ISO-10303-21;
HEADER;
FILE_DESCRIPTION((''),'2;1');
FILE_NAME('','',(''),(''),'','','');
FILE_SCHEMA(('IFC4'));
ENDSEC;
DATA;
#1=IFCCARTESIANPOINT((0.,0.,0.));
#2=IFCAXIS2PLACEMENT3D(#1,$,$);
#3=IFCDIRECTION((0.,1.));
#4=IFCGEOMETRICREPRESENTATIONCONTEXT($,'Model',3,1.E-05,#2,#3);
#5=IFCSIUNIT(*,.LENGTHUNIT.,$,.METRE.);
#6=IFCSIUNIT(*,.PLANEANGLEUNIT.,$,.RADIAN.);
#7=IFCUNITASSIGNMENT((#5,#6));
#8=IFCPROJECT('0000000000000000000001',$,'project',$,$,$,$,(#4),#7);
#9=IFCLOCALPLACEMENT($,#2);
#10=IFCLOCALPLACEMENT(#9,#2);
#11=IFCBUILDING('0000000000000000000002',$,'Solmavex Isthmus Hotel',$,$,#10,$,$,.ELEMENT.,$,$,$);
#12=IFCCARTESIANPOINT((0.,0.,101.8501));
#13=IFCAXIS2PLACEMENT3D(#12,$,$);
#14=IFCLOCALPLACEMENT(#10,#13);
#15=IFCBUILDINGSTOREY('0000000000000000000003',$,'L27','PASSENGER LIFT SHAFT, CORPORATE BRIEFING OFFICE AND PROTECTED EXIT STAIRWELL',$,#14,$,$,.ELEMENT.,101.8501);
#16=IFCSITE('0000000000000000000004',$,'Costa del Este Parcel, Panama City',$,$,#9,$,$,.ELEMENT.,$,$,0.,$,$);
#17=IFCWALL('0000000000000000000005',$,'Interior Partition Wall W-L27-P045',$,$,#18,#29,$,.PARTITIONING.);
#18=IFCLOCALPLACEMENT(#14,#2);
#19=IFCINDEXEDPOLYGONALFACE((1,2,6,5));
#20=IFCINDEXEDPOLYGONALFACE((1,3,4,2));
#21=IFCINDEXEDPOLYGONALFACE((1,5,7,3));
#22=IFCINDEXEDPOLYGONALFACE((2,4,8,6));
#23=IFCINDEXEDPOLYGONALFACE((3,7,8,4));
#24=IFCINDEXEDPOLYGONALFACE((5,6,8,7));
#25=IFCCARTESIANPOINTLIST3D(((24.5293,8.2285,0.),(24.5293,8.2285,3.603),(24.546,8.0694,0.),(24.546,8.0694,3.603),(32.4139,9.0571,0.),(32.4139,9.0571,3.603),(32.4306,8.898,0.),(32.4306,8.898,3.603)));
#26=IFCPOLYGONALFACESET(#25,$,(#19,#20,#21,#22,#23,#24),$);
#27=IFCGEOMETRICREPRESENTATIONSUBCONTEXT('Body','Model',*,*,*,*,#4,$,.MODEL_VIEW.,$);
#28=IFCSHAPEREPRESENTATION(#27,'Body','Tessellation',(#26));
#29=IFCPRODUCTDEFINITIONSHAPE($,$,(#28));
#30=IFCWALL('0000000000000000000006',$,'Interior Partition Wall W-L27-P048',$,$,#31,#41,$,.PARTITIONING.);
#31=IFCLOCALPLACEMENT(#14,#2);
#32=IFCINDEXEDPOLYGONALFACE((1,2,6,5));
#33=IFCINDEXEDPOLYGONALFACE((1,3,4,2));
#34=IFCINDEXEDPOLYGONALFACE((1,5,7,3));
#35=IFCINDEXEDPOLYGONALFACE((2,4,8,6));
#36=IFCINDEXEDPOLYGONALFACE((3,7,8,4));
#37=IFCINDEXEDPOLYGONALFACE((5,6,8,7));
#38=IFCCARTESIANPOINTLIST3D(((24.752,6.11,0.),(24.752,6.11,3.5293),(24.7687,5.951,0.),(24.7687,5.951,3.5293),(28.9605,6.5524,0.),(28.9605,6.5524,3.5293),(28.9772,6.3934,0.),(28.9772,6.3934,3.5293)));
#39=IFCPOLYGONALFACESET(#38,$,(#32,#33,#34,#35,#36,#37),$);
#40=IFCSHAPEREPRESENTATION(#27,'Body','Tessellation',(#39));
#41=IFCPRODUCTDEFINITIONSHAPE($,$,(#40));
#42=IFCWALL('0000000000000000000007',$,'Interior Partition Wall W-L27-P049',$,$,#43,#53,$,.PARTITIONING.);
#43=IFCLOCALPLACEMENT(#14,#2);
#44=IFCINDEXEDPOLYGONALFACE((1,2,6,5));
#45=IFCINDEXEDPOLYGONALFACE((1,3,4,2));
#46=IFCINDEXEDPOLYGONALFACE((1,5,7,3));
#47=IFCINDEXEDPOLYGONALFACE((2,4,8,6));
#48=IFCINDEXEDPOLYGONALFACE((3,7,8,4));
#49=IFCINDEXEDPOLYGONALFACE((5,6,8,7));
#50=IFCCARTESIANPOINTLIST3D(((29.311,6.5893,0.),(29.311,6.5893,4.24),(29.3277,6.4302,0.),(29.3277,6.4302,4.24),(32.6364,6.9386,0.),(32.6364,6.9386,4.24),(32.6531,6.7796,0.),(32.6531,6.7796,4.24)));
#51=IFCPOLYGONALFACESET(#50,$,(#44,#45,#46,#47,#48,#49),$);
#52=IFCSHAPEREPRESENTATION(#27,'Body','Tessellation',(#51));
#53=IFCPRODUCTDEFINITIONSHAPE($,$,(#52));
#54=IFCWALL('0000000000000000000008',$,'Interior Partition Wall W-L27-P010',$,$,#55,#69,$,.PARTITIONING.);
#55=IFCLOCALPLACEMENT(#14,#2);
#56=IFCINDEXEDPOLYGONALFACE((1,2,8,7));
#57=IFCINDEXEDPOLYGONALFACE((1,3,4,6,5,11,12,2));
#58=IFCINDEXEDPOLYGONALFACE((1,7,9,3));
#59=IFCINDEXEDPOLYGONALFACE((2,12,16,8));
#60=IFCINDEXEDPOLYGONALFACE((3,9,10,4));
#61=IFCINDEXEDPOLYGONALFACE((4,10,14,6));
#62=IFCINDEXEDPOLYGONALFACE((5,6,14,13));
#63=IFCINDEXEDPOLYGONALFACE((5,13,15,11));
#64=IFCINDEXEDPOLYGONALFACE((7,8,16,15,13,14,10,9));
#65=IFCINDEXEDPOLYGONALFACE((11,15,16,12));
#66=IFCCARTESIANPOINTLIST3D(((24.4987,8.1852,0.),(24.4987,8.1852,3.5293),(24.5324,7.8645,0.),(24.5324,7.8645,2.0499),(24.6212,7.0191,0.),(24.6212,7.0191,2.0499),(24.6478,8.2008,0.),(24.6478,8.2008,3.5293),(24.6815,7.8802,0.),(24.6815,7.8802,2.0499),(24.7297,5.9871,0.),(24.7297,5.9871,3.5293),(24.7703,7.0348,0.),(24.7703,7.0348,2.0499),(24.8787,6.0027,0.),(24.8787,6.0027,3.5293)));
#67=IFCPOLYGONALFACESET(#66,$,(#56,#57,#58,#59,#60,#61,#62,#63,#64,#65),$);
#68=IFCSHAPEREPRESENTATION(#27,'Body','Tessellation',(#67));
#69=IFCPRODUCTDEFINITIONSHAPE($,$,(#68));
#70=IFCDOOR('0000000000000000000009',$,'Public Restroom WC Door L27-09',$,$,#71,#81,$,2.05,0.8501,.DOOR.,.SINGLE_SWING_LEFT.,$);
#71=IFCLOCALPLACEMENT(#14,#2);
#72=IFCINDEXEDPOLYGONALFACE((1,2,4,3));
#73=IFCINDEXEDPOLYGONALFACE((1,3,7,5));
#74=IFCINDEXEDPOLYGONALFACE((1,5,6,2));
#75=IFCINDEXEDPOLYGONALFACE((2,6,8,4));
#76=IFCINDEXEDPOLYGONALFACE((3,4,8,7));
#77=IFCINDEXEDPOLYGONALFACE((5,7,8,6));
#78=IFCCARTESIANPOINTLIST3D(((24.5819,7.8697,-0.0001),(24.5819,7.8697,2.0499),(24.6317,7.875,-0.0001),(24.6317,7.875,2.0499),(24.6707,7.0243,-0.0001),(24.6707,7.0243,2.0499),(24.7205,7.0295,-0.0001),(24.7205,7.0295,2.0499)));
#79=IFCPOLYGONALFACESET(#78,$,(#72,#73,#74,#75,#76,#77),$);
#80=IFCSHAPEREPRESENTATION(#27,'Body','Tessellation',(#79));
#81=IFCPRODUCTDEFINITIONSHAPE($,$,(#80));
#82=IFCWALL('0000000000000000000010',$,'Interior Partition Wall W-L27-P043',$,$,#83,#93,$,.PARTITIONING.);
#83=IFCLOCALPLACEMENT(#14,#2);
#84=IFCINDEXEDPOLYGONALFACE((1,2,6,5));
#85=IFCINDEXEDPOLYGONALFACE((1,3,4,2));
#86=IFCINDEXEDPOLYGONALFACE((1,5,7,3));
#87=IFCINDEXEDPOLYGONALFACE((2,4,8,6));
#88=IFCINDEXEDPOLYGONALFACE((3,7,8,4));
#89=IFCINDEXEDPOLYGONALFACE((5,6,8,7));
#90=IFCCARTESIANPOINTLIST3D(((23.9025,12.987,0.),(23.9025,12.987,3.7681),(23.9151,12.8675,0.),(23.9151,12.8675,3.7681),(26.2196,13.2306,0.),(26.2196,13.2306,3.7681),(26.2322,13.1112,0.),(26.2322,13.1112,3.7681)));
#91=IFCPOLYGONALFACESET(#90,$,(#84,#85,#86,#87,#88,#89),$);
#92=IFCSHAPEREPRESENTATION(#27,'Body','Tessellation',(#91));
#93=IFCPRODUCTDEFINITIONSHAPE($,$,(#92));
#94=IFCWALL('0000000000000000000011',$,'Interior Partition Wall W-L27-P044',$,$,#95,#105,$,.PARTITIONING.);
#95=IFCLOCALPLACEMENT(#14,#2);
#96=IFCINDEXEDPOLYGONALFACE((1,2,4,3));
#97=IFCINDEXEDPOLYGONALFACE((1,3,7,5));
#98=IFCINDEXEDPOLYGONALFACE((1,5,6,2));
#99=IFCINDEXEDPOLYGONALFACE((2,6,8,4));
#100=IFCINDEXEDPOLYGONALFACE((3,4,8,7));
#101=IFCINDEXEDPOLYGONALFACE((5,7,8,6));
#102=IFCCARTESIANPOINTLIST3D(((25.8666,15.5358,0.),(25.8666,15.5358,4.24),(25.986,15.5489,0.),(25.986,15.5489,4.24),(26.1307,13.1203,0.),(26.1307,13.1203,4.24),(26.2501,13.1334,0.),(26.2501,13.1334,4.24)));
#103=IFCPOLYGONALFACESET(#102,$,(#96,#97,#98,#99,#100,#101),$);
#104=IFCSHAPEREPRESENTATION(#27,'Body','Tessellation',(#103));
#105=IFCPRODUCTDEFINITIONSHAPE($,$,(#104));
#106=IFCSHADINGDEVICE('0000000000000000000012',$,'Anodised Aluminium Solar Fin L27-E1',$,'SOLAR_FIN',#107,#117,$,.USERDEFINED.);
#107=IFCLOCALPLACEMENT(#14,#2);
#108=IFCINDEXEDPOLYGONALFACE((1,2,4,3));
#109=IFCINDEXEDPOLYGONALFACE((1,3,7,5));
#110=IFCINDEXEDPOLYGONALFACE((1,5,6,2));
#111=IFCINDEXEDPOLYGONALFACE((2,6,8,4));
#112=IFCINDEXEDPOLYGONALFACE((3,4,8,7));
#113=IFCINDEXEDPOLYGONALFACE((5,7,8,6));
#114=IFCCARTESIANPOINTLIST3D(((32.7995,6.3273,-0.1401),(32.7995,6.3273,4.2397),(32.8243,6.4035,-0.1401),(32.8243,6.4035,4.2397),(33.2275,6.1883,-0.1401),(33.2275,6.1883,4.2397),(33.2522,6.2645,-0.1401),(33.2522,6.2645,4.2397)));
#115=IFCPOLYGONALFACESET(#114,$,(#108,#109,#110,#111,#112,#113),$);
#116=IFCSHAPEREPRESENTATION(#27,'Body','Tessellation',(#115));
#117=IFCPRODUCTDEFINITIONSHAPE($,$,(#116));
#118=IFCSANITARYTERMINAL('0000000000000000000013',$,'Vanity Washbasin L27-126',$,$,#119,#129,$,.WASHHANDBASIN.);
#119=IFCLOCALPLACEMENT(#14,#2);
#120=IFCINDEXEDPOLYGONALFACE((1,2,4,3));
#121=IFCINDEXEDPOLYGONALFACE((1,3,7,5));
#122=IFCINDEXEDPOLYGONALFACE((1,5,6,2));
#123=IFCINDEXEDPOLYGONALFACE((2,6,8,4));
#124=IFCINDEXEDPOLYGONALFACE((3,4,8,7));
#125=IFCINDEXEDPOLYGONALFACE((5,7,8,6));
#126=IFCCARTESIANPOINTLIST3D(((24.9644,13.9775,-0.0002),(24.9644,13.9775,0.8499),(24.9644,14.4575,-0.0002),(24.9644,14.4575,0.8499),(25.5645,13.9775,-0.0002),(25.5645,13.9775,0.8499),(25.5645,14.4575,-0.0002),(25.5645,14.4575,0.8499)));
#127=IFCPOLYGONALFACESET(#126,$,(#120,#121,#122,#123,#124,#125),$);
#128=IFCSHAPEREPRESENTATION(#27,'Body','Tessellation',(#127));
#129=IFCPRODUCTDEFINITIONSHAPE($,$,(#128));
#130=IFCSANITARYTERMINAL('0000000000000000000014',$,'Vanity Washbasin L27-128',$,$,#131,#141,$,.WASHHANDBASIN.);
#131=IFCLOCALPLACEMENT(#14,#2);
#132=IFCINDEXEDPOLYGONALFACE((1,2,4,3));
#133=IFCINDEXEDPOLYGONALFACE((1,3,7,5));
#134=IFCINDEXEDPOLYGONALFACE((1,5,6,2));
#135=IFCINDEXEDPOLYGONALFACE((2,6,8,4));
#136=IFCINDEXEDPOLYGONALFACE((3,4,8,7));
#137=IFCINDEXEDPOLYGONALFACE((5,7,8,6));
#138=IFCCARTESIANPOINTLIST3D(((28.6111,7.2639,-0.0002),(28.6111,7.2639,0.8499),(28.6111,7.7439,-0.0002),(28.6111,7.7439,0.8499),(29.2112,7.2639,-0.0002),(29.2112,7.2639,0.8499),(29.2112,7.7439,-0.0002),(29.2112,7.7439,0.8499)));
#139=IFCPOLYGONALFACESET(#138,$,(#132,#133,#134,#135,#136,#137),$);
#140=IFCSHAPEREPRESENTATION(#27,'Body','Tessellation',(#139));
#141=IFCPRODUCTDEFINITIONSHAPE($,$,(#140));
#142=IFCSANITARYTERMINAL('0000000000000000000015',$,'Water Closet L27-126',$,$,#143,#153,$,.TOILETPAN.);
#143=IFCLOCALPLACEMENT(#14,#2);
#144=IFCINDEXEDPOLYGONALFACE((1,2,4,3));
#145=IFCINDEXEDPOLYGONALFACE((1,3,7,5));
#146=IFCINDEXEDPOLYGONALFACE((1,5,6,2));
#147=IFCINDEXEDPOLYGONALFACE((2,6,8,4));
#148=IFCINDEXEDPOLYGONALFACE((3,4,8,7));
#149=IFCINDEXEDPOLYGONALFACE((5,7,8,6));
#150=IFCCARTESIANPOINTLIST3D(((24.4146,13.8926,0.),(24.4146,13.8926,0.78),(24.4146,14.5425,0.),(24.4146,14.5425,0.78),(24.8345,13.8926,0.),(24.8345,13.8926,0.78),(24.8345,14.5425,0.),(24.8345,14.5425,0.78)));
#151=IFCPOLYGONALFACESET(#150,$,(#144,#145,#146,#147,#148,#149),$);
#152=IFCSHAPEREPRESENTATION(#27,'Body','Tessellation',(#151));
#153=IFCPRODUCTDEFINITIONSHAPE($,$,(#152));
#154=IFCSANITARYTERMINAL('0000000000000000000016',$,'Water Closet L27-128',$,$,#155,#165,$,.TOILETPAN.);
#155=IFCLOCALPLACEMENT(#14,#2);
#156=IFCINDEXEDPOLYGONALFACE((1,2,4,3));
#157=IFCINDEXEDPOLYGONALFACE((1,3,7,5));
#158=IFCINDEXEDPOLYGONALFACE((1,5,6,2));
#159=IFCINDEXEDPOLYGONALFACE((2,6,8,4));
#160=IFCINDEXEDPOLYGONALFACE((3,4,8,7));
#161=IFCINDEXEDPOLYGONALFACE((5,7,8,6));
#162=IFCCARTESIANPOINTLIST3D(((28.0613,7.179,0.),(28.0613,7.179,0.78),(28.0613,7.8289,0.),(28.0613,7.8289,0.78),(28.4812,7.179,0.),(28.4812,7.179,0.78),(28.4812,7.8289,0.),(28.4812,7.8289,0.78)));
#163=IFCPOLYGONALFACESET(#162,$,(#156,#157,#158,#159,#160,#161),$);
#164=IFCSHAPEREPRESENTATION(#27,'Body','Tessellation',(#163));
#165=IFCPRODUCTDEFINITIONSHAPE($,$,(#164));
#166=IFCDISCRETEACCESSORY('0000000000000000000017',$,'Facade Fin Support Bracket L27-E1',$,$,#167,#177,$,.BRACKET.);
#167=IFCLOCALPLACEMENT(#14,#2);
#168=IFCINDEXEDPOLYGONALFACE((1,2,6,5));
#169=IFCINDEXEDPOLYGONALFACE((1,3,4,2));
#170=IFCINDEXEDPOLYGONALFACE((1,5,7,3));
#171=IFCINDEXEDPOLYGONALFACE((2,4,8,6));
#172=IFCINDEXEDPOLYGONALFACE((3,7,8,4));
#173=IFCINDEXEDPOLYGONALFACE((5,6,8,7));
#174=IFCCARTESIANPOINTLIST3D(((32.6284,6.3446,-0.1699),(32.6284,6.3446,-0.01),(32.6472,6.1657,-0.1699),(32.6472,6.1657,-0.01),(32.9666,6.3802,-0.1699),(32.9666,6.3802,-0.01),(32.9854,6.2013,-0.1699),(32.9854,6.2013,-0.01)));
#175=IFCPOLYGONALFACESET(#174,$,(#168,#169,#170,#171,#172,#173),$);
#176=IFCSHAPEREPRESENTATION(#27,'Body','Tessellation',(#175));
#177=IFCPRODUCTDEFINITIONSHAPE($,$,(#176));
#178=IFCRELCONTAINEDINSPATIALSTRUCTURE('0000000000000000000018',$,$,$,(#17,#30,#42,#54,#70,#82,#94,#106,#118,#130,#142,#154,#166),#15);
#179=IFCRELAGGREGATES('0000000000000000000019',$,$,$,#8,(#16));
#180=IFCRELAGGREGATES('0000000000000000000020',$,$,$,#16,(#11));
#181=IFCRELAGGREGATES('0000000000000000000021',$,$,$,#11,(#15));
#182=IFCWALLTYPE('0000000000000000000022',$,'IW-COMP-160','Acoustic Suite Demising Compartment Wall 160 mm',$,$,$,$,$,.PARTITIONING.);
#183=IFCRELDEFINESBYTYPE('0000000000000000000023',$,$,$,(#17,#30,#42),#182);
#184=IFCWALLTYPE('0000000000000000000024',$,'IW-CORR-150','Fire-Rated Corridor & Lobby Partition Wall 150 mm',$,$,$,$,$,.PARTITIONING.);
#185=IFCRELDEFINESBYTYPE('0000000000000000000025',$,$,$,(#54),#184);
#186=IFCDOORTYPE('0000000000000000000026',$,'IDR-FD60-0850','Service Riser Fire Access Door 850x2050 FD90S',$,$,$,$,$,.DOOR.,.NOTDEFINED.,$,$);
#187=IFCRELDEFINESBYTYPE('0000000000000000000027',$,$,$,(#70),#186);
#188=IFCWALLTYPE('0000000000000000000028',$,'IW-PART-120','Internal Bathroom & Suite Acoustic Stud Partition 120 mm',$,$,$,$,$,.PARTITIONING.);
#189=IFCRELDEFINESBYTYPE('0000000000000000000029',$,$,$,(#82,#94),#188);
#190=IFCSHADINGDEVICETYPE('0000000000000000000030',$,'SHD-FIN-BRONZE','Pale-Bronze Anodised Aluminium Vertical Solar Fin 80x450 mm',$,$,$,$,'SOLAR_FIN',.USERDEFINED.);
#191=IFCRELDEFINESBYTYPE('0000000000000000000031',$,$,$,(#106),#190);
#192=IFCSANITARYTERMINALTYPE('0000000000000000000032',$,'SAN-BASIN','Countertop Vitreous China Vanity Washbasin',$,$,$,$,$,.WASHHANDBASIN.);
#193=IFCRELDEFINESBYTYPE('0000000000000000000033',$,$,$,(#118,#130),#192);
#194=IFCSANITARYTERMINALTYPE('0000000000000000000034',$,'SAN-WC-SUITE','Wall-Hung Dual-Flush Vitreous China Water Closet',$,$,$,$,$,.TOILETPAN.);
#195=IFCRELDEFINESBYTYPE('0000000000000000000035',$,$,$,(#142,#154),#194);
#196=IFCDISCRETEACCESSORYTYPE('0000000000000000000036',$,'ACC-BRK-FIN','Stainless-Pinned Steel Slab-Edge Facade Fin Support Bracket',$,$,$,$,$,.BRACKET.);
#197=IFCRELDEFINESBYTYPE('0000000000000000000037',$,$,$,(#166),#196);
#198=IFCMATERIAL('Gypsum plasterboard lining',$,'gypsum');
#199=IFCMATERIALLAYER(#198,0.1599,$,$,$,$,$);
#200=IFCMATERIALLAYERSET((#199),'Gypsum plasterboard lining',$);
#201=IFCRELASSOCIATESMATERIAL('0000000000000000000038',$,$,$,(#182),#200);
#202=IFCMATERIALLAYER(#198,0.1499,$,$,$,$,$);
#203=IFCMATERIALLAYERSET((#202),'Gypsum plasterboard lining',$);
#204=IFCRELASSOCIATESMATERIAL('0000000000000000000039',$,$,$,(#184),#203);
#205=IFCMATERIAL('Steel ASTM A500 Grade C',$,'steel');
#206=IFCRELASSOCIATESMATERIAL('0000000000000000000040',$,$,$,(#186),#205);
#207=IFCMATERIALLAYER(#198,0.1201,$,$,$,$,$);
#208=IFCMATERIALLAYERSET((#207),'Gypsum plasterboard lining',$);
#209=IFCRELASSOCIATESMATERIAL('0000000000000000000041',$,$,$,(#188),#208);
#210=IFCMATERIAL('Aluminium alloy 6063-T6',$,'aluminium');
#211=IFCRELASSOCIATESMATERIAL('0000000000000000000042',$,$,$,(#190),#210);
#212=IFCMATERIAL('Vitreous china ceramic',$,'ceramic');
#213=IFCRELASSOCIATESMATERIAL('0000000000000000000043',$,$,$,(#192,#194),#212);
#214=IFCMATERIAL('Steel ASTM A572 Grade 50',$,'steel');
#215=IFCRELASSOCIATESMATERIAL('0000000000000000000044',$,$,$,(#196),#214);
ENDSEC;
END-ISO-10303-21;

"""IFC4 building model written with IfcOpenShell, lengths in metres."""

from ifc_helpers import new_model, si_unit, direction, frame, frame_2d, origin, origin_2d, place, context, subcontext, project, spatial, rectangle, extrude, material, layer, layer_set, type_object, element, fill, save


model = new_model("IFC4")

# Units and contexts
model_context = context("Model", 3, precision=1e-05, world=origin(), true_north=direction((0.0, 1.0)))
body_context = subcontext(model_context, "Body", "Model", "MODEL_VIEW")
ifc_project = project(units=[si_unit("LENGTHUNIT", "METRE"), si_unit("PLANEANGLEUNIT", "RADIAN")], contexts=[model_context])

# Site, building, storey
site_placement = place(None, origin())
site = spatial("IfcSite", under=ifc_project, at=site_placement, Name="Costa del Este Parcel, Panama City", CompositionType="ELEMENT", RefElevation=0.0)
building_placement = place(site_placement, origin())
building = spatial("IfcBuilding", under=site, at=building_placement, Name="Solmavex Isthmus Hotel", CompositionType="ELEMENT")
storey_placement = place(building_placement, frame((0.0, 0.0, 101.8501)))
storey = spatial("IfcBuildingStorey", under=building, at=storey_placement, Name="L27", Description="PASSENGER LIFT SHAFT, CORPORATE BRIEFING OFFICE AND PROTECTED EXIT STAIRWELL", CompositionType="ELEMENT", Elevation=101.8501)

# Shared definitions
ifc_material_1 = material(Name="Aluminium alloy 6063-T6", Category="aluminium")

# Walls
ifc_material_2 = material(Name="Gypsum plasterboard lining", Category="gypsum")
ifc_layer_1 = layer(ifc_material_2, 0.1599)
ifc_layer_set_1 = layer_set([ifc_layer_1], Name="Gypsum plasterboard lining")
wall_type_1 = type_object("IfcWallType", Name="IW-COMP-160", Description="Acoustic Suite Demising Compartment Wall 160 mm", PredefinedType="PARTITIONING", material=ifc_layer_set_1)
wall_1_placement = place(storey_placement, frame((32.4221, 8.9775, 0.0), z_axis=(0.0, 0.0, 1.0), x_axis=(-0.994523, -0.104518, 0.0)))
element("IfcWall", 1, at=wall_1_placement, inside=storey, type_object=wall_type_1, Name="Interior Partition Wall W-L27-P045", PredefinedType="PARTITIONING", context=body_context, shape_type="SweptSolid", body=[
    extrude(rectangle(XDim=7.928, YDim=0.1599, at=frame_2d((3.9639, 0.0))), origin(), (0.0, 0.0, 1.0), 3.603),
])
wall_2_placement = place(storey_placement, frame((28.9688, 6.4729, 0.0), z_axis=(0.0, 0.0, 1.0), x_axis=(-0.994521, -0.104541, 0.0)))
element("IfcWall", 2, at=wall_2_placement, inside=storey, type_object=wall_type_1, Name="Interior Partition Wall W-L27-P048", PredefinedType="PARTITIONING", context=body_context, shape_type="SweptSolid", body=[
    extrude(rectangle(XDim=4.2317, YDim=0.1599, at=frame_2d((2.1157, 0.0))), origin(), (0.0, 0.0, 1.0), 3.5293),
])
wall_3_placement = place(storey_placement, frame((32.6448, 6.8591, 0.0), z_axis=(0.0, 0.0, 1.0), x_axis=(-0.994527, -0.104483, 0.0)))
element("IfcWall", 3, at=wall_3_placement, inside=storey, type_object=wall_type_1, Name="Interior Partition Wall W-L27-P049", PredefinedType="PARTITIONING", context=body_context, shape_type="SweptSolid", body=[
    extrude(rectangle(XDim=3.3438, YDim=0.1599, at=frame_2d((1.6719, 0.0))), origin(), (0.0, 0.0, 1.0), 4.24),
])

# Wall, opening, door
ifc_layer_2 = layer(ifc_material_2, 0.1499)
ifc_layer_set_2 = layer_set([ifc_layer_2], Name="Gypsum plasterboard lining")
wall_type_2 = type_object("IfcWallType", Name="IW-CORR-150", Description="Fire-Rated Corridor & Lobby Partition Wall 150 mm", PredefinedType="PARTITIONING", material=ifc_layer_set_2)
wall_4_placement = place(storey_placement, frame((24.5732, 8.1929, 0.0), z_axis=(0.0, 0.0, 1.0), x_axis=(0.104501, -0.994525, 0.0)))
wall_4 = element("IfcWall", 4, at=wall_4_placement, inside=storey, type_object=wall_type_2, Name="Interior Partition Wall W-L27-P010", PredefinedType="PARTITIONING", context=body_context, shape_type="SweptSolid", body=[
    extrude(rectangle(XDim=2.2102, YDim=0.1499, at=frame_2d((1.105, 0.0))), origin(), (0.0, 0.0, 1.0), 3.5293),
])
opening_1_placement = place(wall_4_placement, frame((0.3223, 0.0, 0.0)))
opening_1 = element("IfcOpeningElement", 5, at=opening_1_placement, cuts=wall_4, PredefinedType="OPENING", context=body_context, shape_type="SweptSolid", body=[
    extrude(rectangle(XDim=0.8501, YDim=2.05, at=frame_2d((0.425, 1.0249))), frame((0.0, 0.085, 0.0), z_axis=(0.0, -1.0, 0.0), x_axis=(1.0, 0.0, 0.0)), (0.0, 0.0, 1.0), 0.1699),
])
ifc_material_3 = material(Name="Steel ASTM A500 Grade C", Category="steel")
door_type_1 = type_object("IfcDoorType", Name="IDR-FD60-0850", Description="Service Riser Fire Access Door 850x2050 FD90S", OperationType="NOTDEFINED", PredefinedType="DOOR", material=ifc_material_3)
door_1_placement = place(opening_1_placement, origin())
door_1 = element("IfcDoor", 6, at=door_1_placement, inside=storey, type_object=door_type_1, Name="Public Restroom WC Door L27-09", OperationType="SINGLE_SWING_LEFT", OverallHeight=2.05, OverallWidth=0.8501, PredefinedType="DOOR", context=body_context, shape_type="SweptSolid", body=[
    extrude(rectangle(XDim=0.8501, YDim=2.05, at=frame_2d((0.425, 1.0249))), frame((0.0, 0.0249, 0.0), z_axis=(0.0, -1.0, 0.0), x_axis=(1.0, 0.0, 0.0)), (0.0, 0.0, 1.0), 0.05),
])
fill(opening_1, door_1)

# Walls
ifc_layer_3 = layer(ifc_material_2, 0.1201)
ifc_layer_set_3 = layer_set([ifc_layer_3], Name="Gypsum plasterboard lining")
wall_type_3 = type_object("IfcWallType", Name="IW-PART-120", Description="Internal Bathroom & Suite Acoustic Stud Partition 120 mm", PredefinedType="PARTITIONING", material=ifc_layer_set_3)
wall_5_placement = place(storey_placement, frame((23.9087, 12.9272, 0.0), z_axis=(0.0, 0.0, 1.0), x_axis=(0.994517, 0.104576, 0.0)))
element("IfcWall", 7, at=wall_5_placement, inside=storey, type_object=wall_type_3, Name="Interior Partition Wall W-L27-P043", PredefinedType="PARTITIONING", context=body_context, shape_type="SweptSolid", body=[
    extrude(rectangle(XDim=2.3298, YDim=0.1201, at=frame_2d((1.165, 0.0))), origin(), (0.0, 0.0, 1.0), 3.7681),
])
wall_6_placement = place(storey_placement, frame((26.1904, 13.127, 0.0), z_axis=(0.0, 0.0, 1.0), x_axis=(-0.108711, 0.994073, 0.0)))
element("IfcWall", 8, at=wall_6_placement, inside=storey, type_object=wall_type_3, Name="Interior Partition Wall W-L27-P044", PredefinedType="PARTITIONING", context=body_context, shape_type="SweptSolid", body=[
    extrude(rectangle(XDim=2.4299, YDim=0.1201, at=frame_2d((1.2148, 0.0))), origin(), (0.0, 0.0, 1.0), 4.24),
])

# Shading device
shading_device_type = type_object("IfcShadingDeviceType", Name="SHD-FIN-BRONZE", Description="Pale-Bronze Anodised Aluminium Vertical Solar Fin 80x450 mm", ElementType="SOLAR_FIN", PredefinedType="USERDEFINED", material=ifc_material_1)
shading_device_placement = place(storey_placement, frame((33.0259, 6.2959, -0.1401), z_axis=(0.0, 0.0, 1.0), x_axis=(0.951057, -0.309017, 0.0)))
element("IfcShadingDevice", 9, at=shading_device_placement, inside=storey, type_object=shading_device_type, Name="Anodised Aluminium Solar Fin L27-E1", ObjectType="SOLAR_FIN", PredefinedType="USERDEFINED", context=body_context, shape_type="SweptSolid", body=[
    extrude(rectangle(XDim=0.45, YDim=0.0801, at=origin_2d()), origin(), (0.0, 0.0, 1.0), 4.3799),
])

# Sanitary terminals
ifc_material_4 = material(Name="Vitreous china ceramic", Category="ceramic")
sanitary_terminal_type_1 = type_object("IfcSanitaryTerminalType", Name="SAN-BASIN", Description="Countertop Vitreous China Vanity Washbasin", PredefinedType="WASHHANDBASIN", material=ifc_material_4)
for number, where, z_axis, x_axis, name in (
    (10, (25.2644, 14.2175, -0.0002), (0.0, 0.0, 1.0), (1.0, 0.0, 0.0), "Vanity Washbasin L27-126"),
    (11, (28.9111, 7.5039, -0.0002), (0.0, 0.0, 1.0), (1.0, 0.0, 0.0), "Vanity Washbasin L27-128"),
):
    element("IfcSanitaryTerminal", number, at=place(storey_placement, frame(where, z_axis=z_axis, x_axis=x_axis)), inside=storey, type_object=sanitary_terminal_type_1, Name=name, PredefinedType="WASHHANDBASIN", context=body_context, shape_type="SweptSolid", body=[
        extrude(rectangle(XDim=0.6001, YDim=0.48, at=origin_2d()), origin(), (0.0, 0.0, 1.0), 0.8501),
    ])
sanitary_terminal_type_2 = type_object("IfcSanitaryTerminalType", Name="SAN-WC-SUITE", Description="Wall-Hung Dual-Flush Vitreous China Water Closet", PredefinedType="TOILETPAN", material=ifc_material_4)
for number, where, z_axis, x_axis, name in (
    (12, (24.6245, 14.2175, 0.0), (0.0, 0.0, 1.0), (1.0, 0.0, 0.0), "Water Closet L27-126"),
    (13, (28.2712, 7.5039, 0.0), (0.0, 0.0, 1.0), (1.0, 0.0, 0.0), "Water Closet L27-128"),
):
    element("IfcSanitaryTerminal", number, at=place(storey_placement, frame(where, z_axis=z_axis, x_axis=x_axis)), inside=storey, type_object=sanitary_terminal_type_2, Name=name, PredefinedType="TOILETPAN", context=body_context, shape_type="SweptSolid", body=[
        extrude(rectangle(XDim=0.4199, YDim=0.6499, at=origin_2d()), origin(), (0.0, 0.0, 1.0), 0.78),
    ])

# Discrete accessory
ifc_material_5 = material(Name="Steel ASTM A572 Grade 50", Category="steel")
discrete_accessory_type = type_object("IfcDiscreteAccessoryType", Name="ACC-BRK-FIN", Description="Stainless-Pinned Steel Slab-Edge Facade Fin Support Bracket", PredefinedType="BRACKET", material=ifc_material_5)
discrete_accessory_placement = place(storey_placement, frame((32.8069, 6.2729, -0.1699), z_axis=(0.0, 0.0, 1.0), x_axis=(0.994522, 0.104528, 0.0)))
element("IfcDiscreteAccessory", 14, at=discrete_accessory_placement, inside=storey, type_object=discrete_accessory_type, Name="Facade Fin Support Bracket L27-E1", PredefinedType="BRACKET", context=body_context, shape_type="SweptSolid", body=[
    extrude(rectangle(XDim=0.3401, YDim=0.1799, at=origin_2d()), origin(), (0.0, 0.0, 1.0), 0.1599),
])

save(model, "model.ifc")
